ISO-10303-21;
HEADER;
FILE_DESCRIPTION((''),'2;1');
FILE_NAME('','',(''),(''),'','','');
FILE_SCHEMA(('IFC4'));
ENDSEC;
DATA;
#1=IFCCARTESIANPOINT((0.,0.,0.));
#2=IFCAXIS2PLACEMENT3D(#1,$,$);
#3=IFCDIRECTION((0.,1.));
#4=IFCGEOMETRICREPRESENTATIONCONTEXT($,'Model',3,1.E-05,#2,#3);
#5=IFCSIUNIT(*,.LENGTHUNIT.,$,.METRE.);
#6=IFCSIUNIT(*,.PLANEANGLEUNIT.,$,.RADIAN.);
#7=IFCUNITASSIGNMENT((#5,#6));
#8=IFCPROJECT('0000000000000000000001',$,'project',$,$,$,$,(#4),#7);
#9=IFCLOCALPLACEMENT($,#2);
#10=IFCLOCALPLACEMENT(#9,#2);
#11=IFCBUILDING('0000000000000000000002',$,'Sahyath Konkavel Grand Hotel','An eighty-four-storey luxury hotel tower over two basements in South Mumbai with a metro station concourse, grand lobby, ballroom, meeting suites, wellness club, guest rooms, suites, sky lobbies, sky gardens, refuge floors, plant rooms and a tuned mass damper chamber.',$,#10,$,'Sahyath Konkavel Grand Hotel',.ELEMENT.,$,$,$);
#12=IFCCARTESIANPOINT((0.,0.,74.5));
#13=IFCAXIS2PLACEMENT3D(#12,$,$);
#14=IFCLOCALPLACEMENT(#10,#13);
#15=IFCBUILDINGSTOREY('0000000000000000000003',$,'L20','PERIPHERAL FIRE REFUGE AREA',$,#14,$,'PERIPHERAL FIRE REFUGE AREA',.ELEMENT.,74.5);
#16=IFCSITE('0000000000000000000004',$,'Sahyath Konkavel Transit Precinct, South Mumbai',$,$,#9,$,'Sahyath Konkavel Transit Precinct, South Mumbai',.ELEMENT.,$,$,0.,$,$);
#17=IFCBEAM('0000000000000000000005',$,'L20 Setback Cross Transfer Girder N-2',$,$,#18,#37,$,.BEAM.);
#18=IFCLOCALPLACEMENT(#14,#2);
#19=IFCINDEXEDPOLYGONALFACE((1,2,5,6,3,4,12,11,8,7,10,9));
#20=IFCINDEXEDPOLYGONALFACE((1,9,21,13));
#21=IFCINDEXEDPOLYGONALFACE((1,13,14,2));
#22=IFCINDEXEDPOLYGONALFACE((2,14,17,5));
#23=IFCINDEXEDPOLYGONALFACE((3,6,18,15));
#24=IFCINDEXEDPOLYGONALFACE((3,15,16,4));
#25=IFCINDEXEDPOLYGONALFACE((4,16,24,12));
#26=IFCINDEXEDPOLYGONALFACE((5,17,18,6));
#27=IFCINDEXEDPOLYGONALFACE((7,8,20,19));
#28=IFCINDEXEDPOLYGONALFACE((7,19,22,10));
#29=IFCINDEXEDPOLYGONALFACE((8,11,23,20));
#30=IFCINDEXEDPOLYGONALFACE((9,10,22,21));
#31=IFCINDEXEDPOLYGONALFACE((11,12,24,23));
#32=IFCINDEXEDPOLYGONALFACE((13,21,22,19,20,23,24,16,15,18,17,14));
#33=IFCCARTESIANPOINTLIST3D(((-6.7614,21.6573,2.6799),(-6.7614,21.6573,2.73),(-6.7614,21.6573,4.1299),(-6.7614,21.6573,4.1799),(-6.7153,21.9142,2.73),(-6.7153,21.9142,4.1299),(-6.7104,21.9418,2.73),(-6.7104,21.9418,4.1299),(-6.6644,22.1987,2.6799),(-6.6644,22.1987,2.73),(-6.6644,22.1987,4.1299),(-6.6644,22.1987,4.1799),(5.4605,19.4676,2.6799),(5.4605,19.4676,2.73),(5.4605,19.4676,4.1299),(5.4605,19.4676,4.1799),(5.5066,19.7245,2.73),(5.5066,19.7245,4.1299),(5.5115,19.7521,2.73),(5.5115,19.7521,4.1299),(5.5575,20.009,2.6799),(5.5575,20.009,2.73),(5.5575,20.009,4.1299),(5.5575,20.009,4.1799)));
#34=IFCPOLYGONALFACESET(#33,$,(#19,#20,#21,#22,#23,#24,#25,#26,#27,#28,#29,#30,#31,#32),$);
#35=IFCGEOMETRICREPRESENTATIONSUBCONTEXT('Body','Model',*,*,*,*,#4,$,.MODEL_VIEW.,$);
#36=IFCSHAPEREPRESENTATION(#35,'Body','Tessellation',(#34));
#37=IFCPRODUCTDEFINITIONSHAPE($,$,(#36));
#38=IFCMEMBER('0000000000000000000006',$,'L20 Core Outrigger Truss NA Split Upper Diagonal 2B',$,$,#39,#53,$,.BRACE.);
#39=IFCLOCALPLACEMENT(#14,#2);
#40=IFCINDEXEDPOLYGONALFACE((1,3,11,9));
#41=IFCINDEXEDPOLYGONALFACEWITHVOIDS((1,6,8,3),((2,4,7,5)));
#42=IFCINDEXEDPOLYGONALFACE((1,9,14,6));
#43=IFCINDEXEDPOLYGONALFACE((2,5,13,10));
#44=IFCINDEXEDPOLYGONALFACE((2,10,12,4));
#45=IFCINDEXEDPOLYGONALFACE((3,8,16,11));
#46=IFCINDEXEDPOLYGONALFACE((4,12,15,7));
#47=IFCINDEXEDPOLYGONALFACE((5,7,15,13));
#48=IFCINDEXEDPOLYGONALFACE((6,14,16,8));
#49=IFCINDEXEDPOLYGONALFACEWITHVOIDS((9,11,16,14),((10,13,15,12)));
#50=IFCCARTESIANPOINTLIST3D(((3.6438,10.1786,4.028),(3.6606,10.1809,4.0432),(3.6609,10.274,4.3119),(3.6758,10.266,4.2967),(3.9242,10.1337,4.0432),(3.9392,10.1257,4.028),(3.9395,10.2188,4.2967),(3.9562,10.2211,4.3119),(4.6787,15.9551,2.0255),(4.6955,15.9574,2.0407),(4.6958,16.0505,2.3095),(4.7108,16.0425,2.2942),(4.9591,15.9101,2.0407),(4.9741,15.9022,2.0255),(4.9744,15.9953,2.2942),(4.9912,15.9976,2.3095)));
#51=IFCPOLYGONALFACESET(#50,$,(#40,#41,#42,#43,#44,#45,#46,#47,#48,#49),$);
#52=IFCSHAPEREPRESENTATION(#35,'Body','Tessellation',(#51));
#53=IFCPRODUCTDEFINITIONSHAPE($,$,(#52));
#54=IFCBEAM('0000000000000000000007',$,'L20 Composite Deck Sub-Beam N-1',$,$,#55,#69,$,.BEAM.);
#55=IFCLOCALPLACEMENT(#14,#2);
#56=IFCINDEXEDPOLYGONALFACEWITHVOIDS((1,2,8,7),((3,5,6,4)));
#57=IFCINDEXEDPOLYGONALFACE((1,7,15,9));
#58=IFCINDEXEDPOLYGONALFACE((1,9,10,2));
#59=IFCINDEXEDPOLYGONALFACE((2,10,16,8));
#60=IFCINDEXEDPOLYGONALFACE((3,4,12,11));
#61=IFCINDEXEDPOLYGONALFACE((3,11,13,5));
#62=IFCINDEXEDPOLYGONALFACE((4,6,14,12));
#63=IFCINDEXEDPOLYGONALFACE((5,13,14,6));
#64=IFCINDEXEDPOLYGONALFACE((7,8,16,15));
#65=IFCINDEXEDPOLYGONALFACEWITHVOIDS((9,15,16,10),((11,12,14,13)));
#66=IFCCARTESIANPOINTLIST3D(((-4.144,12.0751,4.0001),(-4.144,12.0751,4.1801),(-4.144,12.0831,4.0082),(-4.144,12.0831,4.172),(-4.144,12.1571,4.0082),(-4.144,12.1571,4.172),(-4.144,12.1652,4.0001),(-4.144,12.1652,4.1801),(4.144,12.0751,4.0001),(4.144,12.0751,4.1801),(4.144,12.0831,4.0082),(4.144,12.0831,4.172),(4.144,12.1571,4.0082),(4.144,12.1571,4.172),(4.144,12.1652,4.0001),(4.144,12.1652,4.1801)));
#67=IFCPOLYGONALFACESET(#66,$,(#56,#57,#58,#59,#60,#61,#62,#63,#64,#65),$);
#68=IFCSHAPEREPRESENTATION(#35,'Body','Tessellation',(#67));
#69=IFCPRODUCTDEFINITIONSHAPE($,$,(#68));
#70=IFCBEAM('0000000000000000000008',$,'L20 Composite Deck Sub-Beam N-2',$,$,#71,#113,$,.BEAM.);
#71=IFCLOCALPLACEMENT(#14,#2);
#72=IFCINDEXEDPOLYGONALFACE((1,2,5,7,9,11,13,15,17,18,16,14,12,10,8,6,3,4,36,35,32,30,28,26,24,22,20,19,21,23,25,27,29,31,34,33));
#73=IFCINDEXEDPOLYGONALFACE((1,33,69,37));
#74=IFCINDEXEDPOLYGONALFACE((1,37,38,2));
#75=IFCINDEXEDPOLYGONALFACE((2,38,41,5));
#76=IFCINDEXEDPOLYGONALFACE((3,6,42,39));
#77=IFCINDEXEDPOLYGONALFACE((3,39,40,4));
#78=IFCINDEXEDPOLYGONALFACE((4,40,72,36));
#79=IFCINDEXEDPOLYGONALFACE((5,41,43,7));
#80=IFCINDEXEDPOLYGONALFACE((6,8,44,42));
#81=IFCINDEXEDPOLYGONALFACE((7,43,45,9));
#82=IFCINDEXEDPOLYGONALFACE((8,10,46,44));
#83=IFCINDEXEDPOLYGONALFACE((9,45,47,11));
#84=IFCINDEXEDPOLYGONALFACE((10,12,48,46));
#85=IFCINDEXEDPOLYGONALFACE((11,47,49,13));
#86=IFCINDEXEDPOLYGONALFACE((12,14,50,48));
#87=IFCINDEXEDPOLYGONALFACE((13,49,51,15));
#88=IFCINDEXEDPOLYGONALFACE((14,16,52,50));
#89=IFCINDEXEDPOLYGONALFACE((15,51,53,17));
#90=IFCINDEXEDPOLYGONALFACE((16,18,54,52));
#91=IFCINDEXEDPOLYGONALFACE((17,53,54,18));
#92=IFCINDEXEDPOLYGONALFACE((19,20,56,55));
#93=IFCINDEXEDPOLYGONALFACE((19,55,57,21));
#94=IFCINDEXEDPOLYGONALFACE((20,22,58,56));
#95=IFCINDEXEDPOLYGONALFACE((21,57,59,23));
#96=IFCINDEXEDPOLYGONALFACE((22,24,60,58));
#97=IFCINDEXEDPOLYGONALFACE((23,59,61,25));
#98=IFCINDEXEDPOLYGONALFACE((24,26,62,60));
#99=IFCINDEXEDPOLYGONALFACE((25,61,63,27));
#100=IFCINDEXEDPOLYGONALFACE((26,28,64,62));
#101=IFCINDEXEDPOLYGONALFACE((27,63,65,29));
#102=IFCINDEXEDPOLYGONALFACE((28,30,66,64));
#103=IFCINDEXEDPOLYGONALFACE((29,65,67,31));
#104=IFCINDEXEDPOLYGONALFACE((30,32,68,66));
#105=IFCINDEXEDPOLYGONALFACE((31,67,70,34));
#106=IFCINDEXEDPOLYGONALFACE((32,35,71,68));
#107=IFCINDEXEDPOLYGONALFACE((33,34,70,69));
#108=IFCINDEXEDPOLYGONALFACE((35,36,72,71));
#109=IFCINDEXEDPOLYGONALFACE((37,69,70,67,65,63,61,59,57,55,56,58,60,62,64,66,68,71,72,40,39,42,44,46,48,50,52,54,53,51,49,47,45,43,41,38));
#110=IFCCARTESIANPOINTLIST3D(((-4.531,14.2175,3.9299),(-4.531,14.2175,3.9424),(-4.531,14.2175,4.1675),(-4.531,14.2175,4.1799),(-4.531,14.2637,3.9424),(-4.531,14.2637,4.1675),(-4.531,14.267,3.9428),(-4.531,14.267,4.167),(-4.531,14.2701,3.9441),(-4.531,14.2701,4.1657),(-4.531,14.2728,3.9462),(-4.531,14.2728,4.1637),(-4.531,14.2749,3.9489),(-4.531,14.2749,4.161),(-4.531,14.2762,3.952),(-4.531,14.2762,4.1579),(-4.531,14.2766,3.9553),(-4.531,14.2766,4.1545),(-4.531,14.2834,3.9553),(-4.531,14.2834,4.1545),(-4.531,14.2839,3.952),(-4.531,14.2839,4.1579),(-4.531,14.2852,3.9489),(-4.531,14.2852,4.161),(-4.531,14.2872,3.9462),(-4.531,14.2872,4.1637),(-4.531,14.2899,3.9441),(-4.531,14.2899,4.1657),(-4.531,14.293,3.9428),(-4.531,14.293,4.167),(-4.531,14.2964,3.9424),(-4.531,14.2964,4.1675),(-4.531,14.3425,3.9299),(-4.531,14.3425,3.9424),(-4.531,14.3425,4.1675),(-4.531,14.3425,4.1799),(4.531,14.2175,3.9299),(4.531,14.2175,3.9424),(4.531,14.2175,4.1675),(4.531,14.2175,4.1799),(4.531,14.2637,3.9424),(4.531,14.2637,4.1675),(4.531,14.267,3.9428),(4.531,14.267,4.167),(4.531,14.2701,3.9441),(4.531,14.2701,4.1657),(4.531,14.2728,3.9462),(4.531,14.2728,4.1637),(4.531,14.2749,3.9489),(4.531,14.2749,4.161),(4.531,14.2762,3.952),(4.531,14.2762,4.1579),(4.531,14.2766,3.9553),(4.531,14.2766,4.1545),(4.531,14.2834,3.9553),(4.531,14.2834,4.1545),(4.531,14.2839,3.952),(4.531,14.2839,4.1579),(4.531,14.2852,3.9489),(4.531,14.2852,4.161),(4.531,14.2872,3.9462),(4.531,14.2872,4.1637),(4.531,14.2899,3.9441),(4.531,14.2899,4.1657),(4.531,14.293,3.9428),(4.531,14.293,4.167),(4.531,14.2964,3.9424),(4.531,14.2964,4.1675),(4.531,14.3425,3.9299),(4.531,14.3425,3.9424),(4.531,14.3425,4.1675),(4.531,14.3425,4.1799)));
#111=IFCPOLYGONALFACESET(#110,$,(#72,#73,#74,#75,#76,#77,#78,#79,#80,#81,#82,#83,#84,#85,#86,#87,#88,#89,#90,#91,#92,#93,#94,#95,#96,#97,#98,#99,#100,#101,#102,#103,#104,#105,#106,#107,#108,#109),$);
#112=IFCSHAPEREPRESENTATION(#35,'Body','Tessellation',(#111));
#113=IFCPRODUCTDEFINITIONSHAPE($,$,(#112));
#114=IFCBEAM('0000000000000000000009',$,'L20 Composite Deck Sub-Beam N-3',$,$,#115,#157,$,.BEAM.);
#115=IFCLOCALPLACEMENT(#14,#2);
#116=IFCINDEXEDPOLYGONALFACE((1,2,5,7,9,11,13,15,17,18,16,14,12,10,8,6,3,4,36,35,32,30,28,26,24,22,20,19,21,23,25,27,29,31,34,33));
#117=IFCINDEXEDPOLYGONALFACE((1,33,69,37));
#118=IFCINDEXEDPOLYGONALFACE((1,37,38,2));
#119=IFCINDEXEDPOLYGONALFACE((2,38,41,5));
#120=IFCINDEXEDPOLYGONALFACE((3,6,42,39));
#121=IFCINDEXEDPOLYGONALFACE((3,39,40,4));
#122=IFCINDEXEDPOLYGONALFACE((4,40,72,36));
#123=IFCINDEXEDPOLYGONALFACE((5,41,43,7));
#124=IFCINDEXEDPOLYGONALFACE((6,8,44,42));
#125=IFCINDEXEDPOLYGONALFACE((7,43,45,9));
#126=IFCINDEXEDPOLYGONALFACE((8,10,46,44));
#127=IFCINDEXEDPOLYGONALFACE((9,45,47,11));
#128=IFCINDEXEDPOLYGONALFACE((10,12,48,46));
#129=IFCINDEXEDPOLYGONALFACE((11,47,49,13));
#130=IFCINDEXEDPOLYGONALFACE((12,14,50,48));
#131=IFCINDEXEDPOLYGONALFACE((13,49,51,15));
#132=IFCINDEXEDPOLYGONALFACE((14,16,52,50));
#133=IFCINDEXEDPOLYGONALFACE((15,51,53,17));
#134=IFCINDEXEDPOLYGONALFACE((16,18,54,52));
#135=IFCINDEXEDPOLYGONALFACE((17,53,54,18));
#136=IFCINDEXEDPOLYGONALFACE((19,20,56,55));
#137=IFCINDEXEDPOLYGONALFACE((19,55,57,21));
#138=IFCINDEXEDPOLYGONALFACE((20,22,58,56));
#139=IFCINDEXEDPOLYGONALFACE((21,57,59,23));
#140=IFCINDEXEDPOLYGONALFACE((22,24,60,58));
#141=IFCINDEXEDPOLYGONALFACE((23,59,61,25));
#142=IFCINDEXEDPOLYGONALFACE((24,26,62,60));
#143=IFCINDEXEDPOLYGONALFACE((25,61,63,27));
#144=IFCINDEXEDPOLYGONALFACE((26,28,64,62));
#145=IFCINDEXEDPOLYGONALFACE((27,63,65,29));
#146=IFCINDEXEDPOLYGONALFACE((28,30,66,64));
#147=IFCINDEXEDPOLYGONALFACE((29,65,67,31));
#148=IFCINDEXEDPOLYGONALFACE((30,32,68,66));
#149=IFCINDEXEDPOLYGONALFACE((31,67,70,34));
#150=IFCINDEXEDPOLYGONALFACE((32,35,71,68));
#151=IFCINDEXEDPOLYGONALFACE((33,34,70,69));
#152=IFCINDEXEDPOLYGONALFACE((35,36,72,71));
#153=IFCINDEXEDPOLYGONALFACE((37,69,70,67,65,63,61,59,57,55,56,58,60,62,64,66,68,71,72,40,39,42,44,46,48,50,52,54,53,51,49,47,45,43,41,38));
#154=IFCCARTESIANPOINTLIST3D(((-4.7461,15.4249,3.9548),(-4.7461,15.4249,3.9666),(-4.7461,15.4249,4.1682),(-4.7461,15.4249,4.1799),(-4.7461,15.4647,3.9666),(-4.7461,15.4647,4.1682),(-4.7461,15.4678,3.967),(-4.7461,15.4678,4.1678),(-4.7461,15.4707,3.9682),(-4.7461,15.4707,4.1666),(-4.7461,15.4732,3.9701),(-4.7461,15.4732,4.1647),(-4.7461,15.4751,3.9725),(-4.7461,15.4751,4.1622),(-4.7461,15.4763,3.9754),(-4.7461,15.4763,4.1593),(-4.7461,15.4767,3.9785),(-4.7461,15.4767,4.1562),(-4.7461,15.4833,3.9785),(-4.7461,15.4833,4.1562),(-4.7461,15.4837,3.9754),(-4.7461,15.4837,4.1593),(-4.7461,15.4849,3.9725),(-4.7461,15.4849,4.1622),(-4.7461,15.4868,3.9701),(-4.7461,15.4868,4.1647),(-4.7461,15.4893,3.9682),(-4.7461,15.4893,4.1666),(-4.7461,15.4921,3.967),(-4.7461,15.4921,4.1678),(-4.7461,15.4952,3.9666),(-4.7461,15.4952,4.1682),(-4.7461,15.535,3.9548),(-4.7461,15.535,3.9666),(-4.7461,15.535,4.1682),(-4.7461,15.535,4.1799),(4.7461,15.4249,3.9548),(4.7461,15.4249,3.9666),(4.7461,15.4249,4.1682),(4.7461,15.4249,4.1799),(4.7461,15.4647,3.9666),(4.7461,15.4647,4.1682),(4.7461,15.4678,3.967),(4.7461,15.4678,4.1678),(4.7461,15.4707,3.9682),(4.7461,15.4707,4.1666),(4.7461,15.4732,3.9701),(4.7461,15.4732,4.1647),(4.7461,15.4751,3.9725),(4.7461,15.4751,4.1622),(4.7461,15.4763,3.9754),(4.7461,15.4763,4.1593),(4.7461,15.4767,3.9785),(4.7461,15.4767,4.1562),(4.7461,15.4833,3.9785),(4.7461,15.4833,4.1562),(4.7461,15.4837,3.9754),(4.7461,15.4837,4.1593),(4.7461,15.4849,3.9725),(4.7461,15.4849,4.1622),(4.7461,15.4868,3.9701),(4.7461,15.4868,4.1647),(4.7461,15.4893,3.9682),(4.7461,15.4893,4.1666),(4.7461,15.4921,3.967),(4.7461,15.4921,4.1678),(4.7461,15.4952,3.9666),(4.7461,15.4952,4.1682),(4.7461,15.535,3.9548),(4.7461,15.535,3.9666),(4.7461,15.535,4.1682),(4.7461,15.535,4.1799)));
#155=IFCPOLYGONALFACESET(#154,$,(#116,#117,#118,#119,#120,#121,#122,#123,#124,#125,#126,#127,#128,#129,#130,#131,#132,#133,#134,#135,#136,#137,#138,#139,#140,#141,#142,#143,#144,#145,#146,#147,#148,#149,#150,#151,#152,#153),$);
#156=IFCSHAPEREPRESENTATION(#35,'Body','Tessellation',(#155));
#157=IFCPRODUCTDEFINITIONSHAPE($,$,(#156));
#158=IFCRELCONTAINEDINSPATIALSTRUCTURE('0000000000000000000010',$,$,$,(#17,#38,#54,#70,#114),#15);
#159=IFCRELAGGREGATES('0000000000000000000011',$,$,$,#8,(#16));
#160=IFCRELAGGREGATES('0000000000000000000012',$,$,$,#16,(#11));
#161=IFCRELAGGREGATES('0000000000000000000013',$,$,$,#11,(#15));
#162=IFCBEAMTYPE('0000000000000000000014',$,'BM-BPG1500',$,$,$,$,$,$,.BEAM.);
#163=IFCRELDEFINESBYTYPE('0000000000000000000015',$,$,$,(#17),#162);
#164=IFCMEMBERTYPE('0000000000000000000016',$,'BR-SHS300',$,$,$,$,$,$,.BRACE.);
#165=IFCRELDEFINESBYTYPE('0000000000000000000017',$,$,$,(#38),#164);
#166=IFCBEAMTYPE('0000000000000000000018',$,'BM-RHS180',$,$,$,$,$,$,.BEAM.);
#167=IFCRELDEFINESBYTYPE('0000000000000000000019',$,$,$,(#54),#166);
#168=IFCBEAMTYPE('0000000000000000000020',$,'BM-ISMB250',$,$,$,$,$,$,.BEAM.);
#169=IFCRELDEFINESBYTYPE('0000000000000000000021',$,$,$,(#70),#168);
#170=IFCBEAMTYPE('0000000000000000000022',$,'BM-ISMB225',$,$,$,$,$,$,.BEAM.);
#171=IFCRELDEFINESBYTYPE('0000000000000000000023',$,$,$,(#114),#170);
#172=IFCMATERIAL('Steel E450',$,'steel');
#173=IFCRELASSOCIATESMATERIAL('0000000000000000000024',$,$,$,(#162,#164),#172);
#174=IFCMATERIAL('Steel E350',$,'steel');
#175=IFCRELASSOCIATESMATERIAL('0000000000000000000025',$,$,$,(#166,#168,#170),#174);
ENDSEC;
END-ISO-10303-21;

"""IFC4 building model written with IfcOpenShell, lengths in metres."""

from ifc_helpers import new_model, si_unit, direction, frame, origin, origin_2d, place, context, subcontext, project, spatial, hollow_rectangle, i_section, extrude, source, transform, mapped, material, material_profile, profile_set, type_object, element, save


model = new_model("IFC4")

# Units and contexts
model_context = context("Model", 3, precision=1e-05, world=origin(), true_north=direction((0.0, 1.0)))
body_context = subcontext(model_context, "Body", "Model", "MODEL_VIEW")
ifc_project = project(units=[si_unit("LENGTHUNIT", "METRE"), si_unit("PLANEANGLEUNIT", "RADIAN")], contexts=[model_context])

# Site, building, storey
site_placement = place(None, origin())
site = spatial("IfcSite", under=ifc_project, at=site_placement, Name="Sahyath Konkavel Transit Precinct, South Mumbai", LongName="Sahyath Konkavel Transit Precinct, South Mumbai", CompositionType="ELEMENT", RefElevation=0.0)
building_placement = place(site_placement, origin())
building = spatial("IfcBuilding", under=site, at=building_placement, Name="Sahyath Konkavel Grand Hotel", Description="An eighty-four-storey luxury hotel tower over two basements in South Mumbai with a metro station concourse, grand lobby, ballroom, meeting suites, wellness club, guest rooms, suites, sky lobbies, sky gardens, refuge floors, plant rooms and a tuned mass damper chamber.", LongName="Sahyath Konkavel Grand Hotel", CompositionType="ELEMENT")
storey_placement = place(building_placement, frame((0.0, 0.0, 74.5)))
storey = spatial("IfcBuildingStorey", under=building, at=storey_placement, Name="L20", Description="PERIPHERAL FIRE REFUGE AREA", LongName="PERIPHERAL FIRE REFUGE AREA", CompositionType="ELEMENT", Elevation=74.5)

# Shared definitions
ifc_material_1 = material(Name="Steel E450", Category="steel")

# Beam
ifc_material_2 = material(Name="Steel E350", Category="steel")
ifc_material_profile_1 = material_profile(ifc_material_1, i_section(OverallWidth=0.55, OverallDepth=1.5, WebThickness=0.0281, FlangeThickness=0.05, at=origin_2d()), Name="BPG 1500x550")
ifc_profile_set_1 = profile_set([ifc_material_profile_1], Name="Steel E450")
beam_type_1 = type_object("IfcBeamType", Name="BM-BPG1500", PredefinedType="BEAM", material=ifc_profile_set_1)
shared_shape_1 = source(origin(), body_context, "Body", "SweptSolid", [
    extrude(i_section(OverallWidth=0.55, OverallDepth=1.5, WebThickness=0.0281, FlangeThickness=0.05, at=origin_2d()), origin(), (0.0, 0.0, 1.0), 12.4165),
])
beam_1_placement = place(storey_placement, frame((5.509, 19.7383, 3.4299), z_axis=(-0.984327, 0.176353, 0.0), x_axis=(-0.176353, -0.984327, 0.0)))
element("IfcBeam", 1, at=beam_1_placement, inside=storey, type_object=beam_type_1, Name="L20 Setback Cross Transfer Girder N-2", PredefinedType="BEAM", context=body_context, shape_type="MappedRepresentation", body=[
    mapped(shared_shape_1, transform((0.0, 0.0, 0.0), scale=1.0)),
])

# Member
ifc_material_profile_2 = material_profile(ifc_material_1, hollow_rectangle(XDim=0.3, YDim=0.3, WallThickness=0.0161, at=origin_2d()), Name="SHS 300x300x16")
ifc_profile_set_2 = profile_set([ifc_material_profile_2], Name="Steel E450")
member_type_1 = type_object("IfcMemberType", Name="BR-SHS300", PredefinedType="BRACE", material=ifc_profile_set_2)
shared_shape_2 = source(origin(), body_context, "Body", "SweptSolid", [
    extrude(hollow_rectangle(XDim=0.3, YDim=0.3, WallThickness=0.0161, at=origin_2d()), origin(), (0.0, 0.0, 1.0), 6.2007),
])
member_1_placement = place(storey_placement, frame((4.835, 15.9763, 2.1675), z_axis=(-0.166906, -0.931584, 0.322944), x_axis=(0.984327, -0.176355, 0.0)))
element("IfcMember", 2, at=member_1_placement, inside=storey, type_object=member_type_1, Name="L20 Core Outrigger Truss NA Split Upper Diagonal 2B", PredefinedType="BRACE", context=body_context, shape_type="MappedRepresentation", body=[
    mapped(shared_shape_2, transform((0.0, 0.0, 0.0), scale=1.0)),
])

# Beams
ifc_material_profile_3 = material_profile(ifc_material_2, hollow_rectangle(XDim=0.0901, YDim=0.1799, WallThickness=0.0081, at=origin_2d()), Name="RHS 180x90x8")
ifc_profile_set_3 = profile_set([ifc_material_profile_3], Name="Steel E350")
beam_type_2 = type_object("IfcBeamType", Name="BM-RHS180", PredefinedType="BEAM", material=ifc_profile_set_3)
shared_shape_3 = source(origin(), body_context, "Body", "SweptSolid", [
    extrude(hollow_rectangle(XDim=0.0901, YDim=0.1799, WallThickness=0.0081, at=origin_2d()), origin(), (0.0, 0.0, 1.0), 8.2881),
])
beam_2_placement = place(storey_placement, frame((4.144, 12.1201, 4.0901), z_axis=(-1.0, 0.0, 0.0), x_axis=(0.0, -1.0, 0.0)))
element("IfcBeam", 3, at=beam_2_placement, inside=storey, type_object=beam_type_2, Name="L20 Composite Deck Sub-Beam N-1", PredefinedType="BEAM", context=body_context, shape_type="MappedRepresentation", body=[
    mapped(shared_shape_3, transform((0.0, 0.0, 0.0), scale=1.0)),
])
ifc_material_profile_4 = material_profile(ifc_material_2, i_section(OverallWidth=0.125, OverallDepth=0.25, WebThickness=0.0068, FlangeThickness=0.0125, FilletRadius=0.0129, at=origin_2d()), Name="ISMB 250")
ifc_profile_set_4 = profile_set([ifc_material_profile_4], Name="Steel E350")
beam_type_3 = type_object("IfcBeamType", Name="BM-ISMB250", PredefinedType="BEAM", material=ifc_profile_set_4)
shared_shape_4 = source(origin(), body_context, "Body", "SweptSolid", [
    extrude(i_section(OverallWidth=0.125, OverallDepth=0.25, WebThickness=0.0068, FlangeThickness=0.0125, FilletRadius=0.0129, at=origin_2d()), origin(), (0.0, 0.0, 1.0), 9.062),
])
beam_3_placement = place(storey_placement, frame((4.531, 14.28, 4.0549), z_axis=(-1.0, 0.0, 0.0), x_axis=(0.0, -1.0, 0.0)))
element("IfcBeam", 4, at=beam_3_placement, inside=storey, type_object=beam_type_3, Name="L20 Composite Deck Sub-Beam N-2", PredefinedType="BEAM", context=body_context, shape_type="MappedRepresentation", body=[
    mapped(shared_shape_4, transform((0.0, 0.0, 0.0), scale=1.0)),
])
ifc_material_profile_5 = material_profile(ifc_material_2, i_section(OverallWidth=0.1101, OverallDepth=0.2251, WebThickness=0.0066, FlangeThickness=0.0117, FilletRadius=0.012, at=origin_2d()), Name="ISMB 225")
ifc_profile_set_5 = profile_set([ifc_material_profile_5], Name="Steel E350")
beam_type_4 = type_object("IfcBeamType", Name="BM-ISMB225", PredefinedType="BEAM", material=ifc_profile_set_5)
shared_shape_5 = source(origin(), body_context, "Body", "SweptSolid", [
    extrude(i_section(OverallWidth=0.1101, OverallDepth=0.2251, WebThickness=0.0066, FlangeThickness=0.0117, FilletRadius=0.012, at=origin_2d()), origin(), (0.0, 0.0, 1.0), 9.4922),
])
beam_4_placement = place(storey_placement, frame((4.7461, 15.48, 4.0674), z_axis=(-1.0, 0.0, 0.0), x_axis=(0.0, -1.0, 0.0)))
element("IfcBeam", 5, at=beam_4_placement, inside=storey, type_object=beam_type_4, Name="L20 Composite Deck Sub-Beam N-3", PredefinedType="BEAM", context=body_context, shape_type="MappedRepresentation", body=[
    mapped(shared_shape_5, transform((0.0, 0.0, 0.0), scale=1.0)),
])

save(model, "model.ifc")
